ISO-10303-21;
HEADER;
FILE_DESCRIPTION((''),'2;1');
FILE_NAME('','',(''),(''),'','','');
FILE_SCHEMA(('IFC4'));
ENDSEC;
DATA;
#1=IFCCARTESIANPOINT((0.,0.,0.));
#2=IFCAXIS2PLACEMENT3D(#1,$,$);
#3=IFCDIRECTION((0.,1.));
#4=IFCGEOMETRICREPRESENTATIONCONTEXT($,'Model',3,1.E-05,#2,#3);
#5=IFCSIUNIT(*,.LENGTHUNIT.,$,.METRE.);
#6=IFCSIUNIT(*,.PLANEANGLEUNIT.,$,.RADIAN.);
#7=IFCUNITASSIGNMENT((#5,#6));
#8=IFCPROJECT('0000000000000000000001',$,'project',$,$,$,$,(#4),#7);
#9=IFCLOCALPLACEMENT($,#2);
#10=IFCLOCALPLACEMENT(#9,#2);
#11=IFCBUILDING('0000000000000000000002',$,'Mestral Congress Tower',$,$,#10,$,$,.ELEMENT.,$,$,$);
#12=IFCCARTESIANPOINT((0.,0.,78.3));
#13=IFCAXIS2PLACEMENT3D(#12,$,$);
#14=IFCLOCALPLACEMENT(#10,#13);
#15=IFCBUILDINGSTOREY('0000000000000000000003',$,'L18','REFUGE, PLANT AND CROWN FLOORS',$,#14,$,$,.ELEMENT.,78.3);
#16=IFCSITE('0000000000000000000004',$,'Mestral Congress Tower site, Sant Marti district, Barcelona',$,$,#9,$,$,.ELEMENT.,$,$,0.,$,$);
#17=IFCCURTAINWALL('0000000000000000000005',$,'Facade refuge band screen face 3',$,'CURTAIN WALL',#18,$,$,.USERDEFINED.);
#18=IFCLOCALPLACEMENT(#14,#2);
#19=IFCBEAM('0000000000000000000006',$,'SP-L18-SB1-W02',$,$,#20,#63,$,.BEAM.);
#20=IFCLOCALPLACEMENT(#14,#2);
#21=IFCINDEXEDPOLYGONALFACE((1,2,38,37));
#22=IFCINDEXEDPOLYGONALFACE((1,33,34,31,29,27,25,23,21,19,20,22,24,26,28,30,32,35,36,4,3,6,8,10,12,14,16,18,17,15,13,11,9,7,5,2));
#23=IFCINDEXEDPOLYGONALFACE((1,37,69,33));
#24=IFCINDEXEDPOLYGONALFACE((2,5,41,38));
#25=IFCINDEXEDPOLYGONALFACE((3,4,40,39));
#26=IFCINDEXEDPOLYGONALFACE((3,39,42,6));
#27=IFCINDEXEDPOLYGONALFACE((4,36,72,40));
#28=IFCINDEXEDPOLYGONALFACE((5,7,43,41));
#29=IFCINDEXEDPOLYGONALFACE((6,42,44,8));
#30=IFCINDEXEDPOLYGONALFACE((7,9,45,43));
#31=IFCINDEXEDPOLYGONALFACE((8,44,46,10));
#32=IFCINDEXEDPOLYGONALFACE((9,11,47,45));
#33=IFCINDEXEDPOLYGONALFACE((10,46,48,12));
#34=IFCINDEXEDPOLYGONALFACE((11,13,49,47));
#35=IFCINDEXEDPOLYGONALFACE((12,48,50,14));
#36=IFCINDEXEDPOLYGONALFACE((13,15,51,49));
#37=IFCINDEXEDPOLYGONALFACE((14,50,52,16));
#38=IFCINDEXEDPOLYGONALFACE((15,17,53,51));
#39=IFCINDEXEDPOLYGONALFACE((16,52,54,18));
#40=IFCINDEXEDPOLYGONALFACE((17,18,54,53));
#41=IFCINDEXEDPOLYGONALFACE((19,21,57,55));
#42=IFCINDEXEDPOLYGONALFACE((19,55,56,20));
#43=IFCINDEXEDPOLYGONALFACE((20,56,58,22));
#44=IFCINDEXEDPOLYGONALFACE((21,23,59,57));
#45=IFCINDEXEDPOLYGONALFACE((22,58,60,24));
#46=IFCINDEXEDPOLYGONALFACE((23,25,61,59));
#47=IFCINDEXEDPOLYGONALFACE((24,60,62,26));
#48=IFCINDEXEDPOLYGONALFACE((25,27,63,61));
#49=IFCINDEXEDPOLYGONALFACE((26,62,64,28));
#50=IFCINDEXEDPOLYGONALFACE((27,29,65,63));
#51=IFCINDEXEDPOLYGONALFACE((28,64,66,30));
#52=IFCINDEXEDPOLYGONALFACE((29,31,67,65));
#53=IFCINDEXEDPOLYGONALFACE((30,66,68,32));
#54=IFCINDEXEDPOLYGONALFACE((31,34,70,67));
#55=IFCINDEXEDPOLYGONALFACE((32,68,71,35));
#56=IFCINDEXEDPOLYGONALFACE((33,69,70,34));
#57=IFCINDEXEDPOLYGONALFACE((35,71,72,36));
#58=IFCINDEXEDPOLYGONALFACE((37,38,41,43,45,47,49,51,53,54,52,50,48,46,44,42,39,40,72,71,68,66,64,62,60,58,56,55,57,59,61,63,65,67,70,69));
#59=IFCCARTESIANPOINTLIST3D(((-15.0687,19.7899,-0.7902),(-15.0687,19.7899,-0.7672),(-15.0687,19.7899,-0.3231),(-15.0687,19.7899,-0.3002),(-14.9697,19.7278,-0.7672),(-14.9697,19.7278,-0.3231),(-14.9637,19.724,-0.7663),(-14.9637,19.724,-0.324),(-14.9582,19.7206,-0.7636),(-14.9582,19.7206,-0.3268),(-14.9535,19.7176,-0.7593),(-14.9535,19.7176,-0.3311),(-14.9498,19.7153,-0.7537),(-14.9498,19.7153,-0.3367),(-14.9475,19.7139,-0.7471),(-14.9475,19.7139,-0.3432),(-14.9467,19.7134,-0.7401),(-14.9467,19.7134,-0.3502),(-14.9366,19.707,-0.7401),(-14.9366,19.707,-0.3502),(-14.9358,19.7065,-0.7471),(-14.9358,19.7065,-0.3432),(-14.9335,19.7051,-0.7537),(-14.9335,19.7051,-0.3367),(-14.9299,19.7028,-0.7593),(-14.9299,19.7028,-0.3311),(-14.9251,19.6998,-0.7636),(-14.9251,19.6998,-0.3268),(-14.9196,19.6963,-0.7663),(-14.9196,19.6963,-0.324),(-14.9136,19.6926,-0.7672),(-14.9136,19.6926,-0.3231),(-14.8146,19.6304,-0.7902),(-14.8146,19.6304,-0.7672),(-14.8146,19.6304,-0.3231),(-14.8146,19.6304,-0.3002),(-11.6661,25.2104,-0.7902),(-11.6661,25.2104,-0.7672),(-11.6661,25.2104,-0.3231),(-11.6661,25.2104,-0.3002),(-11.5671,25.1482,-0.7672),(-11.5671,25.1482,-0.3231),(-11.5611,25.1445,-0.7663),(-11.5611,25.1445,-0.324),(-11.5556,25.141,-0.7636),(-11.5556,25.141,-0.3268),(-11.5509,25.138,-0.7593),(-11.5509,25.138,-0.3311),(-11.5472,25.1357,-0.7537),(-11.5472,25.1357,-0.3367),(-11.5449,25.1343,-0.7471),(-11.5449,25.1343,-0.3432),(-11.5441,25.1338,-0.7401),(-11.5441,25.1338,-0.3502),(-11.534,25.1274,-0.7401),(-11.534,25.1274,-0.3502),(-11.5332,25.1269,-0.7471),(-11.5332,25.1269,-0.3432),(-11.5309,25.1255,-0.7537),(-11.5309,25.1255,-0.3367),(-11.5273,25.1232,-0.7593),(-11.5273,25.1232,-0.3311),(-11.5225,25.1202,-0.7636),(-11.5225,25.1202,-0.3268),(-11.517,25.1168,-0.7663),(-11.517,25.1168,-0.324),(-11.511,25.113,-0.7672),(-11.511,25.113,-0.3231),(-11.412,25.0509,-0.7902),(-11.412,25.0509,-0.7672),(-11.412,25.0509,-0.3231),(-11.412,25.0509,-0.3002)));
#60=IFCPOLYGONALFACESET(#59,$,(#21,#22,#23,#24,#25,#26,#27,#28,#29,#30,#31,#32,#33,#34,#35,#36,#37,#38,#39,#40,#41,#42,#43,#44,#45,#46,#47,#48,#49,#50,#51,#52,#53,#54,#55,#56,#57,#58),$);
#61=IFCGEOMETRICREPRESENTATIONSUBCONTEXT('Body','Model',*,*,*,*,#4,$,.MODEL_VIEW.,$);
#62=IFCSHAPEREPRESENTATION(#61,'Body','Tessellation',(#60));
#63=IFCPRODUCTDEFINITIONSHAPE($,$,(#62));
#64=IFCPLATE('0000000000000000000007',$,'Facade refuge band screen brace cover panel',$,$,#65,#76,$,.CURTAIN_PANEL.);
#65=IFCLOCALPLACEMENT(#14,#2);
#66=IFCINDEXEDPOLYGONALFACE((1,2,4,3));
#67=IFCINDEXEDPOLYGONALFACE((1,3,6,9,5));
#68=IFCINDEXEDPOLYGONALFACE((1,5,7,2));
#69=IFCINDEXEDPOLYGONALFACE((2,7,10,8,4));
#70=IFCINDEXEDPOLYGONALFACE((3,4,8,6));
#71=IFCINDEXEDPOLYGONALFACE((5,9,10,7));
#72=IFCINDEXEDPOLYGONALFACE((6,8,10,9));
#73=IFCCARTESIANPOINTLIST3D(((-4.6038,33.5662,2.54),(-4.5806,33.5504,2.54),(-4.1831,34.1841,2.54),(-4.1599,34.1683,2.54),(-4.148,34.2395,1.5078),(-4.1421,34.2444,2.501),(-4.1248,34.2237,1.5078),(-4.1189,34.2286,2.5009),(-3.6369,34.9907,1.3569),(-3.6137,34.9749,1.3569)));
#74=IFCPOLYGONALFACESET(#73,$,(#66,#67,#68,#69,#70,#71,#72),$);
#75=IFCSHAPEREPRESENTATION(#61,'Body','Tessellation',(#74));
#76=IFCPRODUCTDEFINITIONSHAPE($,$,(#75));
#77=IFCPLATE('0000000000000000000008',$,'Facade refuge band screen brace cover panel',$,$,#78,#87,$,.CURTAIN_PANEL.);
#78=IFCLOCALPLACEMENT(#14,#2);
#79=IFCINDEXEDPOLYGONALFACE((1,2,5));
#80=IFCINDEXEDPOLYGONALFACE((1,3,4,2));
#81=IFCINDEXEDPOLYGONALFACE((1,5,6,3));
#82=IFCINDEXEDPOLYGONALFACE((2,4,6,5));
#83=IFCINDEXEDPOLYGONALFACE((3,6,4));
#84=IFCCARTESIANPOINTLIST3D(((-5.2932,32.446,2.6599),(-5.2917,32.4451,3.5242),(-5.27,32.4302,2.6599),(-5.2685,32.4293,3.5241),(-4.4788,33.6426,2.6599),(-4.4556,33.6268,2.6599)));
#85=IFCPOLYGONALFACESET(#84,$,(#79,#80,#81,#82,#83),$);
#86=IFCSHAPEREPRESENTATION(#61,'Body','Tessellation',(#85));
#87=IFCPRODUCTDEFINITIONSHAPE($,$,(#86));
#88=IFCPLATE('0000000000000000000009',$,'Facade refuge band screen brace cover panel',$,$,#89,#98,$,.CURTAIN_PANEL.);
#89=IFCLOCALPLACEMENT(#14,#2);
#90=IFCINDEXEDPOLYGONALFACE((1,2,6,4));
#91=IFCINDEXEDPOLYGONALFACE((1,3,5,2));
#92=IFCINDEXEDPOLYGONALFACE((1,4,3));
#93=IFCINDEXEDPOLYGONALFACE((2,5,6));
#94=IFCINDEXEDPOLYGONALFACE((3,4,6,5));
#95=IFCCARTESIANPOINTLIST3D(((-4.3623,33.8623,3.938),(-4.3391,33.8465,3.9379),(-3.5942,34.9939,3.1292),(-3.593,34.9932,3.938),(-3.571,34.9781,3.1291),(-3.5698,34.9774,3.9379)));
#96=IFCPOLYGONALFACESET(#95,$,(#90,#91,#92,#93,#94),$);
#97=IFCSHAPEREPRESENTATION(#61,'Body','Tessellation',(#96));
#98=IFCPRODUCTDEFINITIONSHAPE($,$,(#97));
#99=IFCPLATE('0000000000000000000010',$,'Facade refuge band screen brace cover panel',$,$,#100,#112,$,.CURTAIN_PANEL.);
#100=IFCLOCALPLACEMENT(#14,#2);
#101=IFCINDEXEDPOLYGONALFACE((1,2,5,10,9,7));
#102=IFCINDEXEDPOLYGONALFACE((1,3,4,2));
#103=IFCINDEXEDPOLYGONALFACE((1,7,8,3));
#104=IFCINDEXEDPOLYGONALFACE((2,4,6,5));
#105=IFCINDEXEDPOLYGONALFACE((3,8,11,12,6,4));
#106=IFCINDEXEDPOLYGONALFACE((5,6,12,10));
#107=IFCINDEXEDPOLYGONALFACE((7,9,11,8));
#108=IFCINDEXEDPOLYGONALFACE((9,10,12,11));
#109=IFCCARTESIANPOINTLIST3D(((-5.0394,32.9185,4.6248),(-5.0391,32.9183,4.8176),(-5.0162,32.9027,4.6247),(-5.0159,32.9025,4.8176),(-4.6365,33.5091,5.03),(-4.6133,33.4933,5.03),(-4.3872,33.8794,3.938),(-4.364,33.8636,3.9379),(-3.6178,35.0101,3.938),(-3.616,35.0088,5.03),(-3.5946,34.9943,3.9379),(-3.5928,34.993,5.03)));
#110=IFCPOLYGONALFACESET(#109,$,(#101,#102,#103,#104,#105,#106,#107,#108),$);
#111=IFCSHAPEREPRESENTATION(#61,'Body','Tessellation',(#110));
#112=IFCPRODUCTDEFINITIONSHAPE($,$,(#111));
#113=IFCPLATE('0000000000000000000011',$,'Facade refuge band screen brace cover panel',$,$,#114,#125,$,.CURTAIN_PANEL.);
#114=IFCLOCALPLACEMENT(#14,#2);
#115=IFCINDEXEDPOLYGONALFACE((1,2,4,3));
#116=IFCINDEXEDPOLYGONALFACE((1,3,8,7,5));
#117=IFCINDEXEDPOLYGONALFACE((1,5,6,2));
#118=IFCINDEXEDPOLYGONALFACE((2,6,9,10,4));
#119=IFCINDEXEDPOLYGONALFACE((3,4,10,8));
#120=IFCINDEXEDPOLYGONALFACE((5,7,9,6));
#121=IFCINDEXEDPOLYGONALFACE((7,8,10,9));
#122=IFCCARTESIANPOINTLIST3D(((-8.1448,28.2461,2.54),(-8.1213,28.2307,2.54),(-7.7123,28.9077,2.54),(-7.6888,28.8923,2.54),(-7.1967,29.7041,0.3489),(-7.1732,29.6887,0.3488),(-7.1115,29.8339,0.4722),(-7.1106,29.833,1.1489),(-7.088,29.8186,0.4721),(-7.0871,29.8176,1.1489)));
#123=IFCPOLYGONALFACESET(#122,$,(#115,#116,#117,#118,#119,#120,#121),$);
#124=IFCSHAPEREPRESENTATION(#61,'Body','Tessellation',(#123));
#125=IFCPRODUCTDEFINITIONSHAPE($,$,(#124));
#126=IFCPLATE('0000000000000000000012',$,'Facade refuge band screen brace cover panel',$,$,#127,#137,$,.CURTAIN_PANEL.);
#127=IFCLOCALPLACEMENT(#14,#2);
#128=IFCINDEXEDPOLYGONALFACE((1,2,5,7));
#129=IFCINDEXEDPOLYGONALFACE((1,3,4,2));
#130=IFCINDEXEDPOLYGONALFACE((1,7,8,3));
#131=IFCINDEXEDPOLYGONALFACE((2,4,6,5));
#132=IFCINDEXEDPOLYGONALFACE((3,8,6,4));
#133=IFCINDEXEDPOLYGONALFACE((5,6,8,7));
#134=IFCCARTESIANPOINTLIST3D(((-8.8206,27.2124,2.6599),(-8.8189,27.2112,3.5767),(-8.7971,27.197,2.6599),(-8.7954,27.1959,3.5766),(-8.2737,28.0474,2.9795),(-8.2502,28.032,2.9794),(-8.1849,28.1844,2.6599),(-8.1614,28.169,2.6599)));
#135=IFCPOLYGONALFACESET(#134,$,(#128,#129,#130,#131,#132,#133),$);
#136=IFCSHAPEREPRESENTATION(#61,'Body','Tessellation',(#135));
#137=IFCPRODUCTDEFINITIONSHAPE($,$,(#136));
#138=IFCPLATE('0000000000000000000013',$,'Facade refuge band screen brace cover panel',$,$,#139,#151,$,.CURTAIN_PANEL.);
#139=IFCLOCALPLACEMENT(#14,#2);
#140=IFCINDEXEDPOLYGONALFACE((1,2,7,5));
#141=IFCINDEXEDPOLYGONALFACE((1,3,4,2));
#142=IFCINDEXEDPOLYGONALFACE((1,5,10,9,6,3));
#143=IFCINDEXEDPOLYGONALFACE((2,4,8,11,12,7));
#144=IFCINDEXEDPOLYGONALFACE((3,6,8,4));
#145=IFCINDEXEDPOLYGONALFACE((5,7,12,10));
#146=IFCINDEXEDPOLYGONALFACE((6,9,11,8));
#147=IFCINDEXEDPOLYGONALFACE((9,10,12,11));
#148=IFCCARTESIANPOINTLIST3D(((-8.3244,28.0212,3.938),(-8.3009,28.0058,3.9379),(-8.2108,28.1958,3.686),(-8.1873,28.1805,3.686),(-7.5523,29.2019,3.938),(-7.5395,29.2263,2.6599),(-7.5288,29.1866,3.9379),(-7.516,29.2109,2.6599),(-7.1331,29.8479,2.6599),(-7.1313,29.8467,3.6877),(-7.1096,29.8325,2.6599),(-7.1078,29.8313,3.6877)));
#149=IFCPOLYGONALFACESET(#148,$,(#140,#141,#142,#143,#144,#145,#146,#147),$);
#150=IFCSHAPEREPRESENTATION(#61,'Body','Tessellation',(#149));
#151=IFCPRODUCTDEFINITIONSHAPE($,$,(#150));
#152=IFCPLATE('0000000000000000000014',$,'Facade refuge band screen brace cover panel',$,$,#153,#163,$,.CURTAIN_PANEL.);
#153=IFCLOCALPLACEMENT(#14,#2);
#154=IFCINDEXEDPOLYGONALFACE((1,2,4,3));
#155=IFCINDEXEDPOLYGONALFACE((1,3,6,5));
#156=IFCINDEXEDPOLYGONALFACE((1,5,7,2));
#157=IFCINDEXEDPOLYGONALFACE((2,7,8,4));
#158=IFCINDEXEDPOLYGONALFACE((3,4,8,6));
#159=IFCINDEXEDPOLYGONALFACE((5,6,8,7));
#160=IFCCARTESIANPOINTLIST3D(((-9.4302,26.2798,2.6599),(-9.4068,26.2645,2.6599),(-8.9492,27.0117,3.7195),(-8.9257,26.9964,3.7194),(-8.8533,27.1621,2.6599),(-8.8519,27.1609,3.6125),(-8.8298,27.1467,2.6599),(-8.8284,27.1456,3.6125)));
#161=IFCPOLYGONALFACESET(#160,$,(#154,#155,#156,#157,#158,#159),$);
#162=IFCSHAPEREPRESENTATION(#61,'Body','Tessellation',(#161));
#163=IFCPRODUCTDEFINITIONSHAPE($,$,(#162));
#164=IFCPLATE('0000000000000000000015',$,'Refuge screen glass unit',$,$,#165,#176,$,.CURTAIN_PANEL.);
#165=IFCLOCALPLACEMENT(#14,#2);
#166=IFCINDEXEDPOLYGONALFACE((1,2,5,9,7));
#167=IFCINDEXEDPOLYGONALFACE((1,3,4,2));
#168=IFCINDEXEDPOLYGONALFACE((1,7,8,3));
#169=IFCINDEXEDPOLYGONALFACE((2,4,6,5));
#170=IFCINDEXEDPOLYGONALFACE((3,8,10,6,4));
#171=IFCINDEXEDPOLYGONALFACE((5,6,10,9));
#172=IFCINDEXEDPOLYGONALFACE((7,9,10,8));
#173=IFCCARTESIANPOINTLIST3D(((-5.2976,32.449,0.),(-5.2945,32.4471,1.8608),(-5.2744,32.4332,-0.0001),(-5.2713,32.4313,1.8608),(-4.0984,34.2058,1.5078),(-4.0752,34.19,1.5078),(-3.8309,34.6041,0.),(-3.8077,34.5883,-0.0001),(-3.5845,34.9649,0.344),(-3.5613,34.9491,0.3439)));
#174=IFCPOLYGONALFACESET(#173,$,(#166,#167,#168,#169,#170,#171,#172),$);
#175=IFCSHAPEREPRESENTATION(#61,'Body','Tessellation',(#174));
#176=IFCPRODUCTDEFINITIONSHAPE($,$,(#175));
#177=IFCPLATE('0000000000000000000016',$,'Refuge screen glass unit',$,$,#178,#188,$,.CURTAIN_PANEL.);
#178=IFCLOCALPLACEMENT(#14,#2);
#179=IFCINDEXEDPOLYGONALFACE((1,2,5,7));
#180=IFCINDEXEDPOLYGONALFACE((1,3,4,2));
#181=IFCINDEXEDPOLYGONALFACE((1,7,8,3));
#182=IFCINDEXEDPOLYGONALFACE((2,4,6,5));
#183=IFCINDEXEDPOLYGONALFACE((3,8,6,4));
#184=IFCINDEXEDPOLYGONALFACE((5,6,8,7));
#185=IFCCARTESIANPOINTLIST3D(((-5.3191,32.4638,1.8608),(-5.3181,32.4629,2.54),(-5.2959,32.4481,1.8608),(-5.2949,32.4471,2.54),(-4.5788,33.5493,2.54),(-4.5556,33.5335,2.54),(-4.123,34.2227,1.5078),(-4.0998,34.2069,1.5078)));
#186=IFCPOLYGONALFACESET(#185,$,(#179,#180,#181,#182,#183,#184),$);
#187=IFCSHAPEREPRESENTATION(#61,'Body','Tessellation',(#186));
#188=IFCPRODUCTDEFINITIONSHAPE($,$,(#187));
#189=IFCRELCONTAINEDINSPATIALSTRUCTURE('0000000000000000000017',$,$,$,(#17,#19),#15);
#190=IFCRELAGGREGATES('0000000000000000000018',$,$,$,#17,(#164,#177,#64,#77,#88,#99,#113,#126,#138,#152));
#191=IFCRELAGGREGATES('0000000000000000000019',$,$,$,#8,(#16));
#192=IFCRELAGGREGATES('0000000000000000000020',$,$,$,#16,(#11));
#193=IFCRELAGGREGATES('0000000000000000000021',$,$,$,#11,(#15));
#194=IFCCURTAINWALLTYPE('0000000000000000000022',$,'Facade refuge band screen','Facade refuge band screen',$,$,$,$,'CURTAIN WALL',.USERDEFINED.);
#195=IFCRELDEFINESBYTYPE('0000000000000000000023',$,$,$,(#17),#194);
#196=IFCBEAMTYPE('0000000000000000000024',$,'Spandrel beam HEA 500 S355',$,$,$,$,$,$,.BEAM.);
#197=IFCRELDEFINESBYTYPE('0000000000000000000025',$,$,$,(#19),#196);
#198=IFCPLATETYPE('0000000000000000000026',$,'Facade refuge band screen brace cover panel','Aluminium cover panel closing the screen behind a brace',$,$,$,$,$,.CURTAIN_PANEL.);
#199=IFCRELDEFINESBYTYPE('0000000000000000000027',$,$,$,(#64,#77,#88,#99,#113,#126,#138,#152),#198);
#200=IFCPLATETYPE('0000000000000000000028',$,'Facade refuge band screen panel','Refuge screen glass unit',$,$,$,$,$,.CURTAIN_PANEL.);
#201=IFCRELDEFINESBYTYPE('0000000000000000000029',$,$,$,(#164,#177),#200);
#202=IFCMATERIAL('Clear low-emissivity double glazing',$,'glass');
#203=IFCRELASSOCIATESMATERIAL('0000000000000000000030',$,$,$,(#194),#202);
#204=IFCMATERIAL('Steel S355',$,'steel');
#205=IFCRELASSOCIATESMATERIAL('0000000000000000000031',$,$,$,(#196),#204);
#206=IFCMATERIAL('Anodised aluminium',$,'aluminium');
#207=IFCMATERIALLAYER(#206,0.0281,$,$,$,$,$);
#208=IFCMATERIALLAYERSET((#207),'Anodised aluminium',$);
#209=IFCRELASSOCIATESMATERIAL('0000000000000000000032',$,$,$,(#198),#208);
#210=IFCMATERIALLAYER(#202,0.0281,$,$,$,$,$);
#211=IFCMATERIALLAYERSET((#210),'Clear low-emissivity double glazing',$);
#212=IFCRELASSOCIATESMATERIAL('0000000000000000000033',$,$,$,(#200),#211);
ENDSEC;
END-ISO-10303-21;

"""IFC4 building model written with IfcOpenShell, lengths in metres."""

from ifc_helpers import new_model, si_unit, direction, frame, origin, origin_2d, place, context, subcontext, project, spatial, polyline, i_section, outline, extrude, material, layer, layer_set, material_profile, profile_set, type_object, element, aggregate, save


model = new_model("IFC4")

# Units and contexts
model_context = context("Model", 3, precision=1e-05, world=origin(), true_north=direction((0.0, 1.0)))
body_context = subcontext(model_context, "Body", "Model", "MODEL_VIEW")
ifc_project = project(units=[si_unit("LENGTHUNIT", "METRE"), si_unit("PLANEANGLEUNIT", "RADIAN")], contexts=[model_context])

# Site, building, storey
site_placement = place(None, origin())
site = spatial("IfcSite", under=ifc_project, at=site_placement, Name="Mestral Congress Tower site, Sant Marti district, Barcelona", CompositionType="ELEMENT", RefElevation=0.0)
building_placement = place(site_placement, origin())
building = spatial("IfcBuilding", under=site, at=building_placement, Name="Mestral Congress Tower", CompositionType="ELEMENT")
storey_placement = place(building_placement, frame((0.0, 0.0, 78.3)))
storey = spatial("IfcBuildingStorey", under=building, at=storey_placement, Name="L18", Description="REFUGE, PLANT AND CROWN FLOORS", CompositionType="ELEMENT", Elevation=78.3)

# Shared definitions
ifc_material_1 = material(Name="Steel S355", Category="steel")

# Curtain wall
ifc_material_2 = material(Name="Clear low-emissivity double glazing", Category="glass")
curtain_wall_type = type_object("IfcCurtainWallType", Name="Facade refuge band screen", Description="Facade refuge band screen", ElementType="CURTAIN WALL", PredefinedType="USERDEFINED", material=ifc_material_2)
curtain_wall_placement = place(storey_placement, origin())
curtain_wall = element("IfcCurtainWall", 1, at=curtain_wall_placement, inside=storey, type_object=curtain_wall_type, Name="Facade refuge band screen face 3", ObjectType="CURTAIN WALL", PredefinedType="USERDEFINED")
ifc_material_3 = material(Name="Anodised aluminium", Category="aluminium")

# Beam
ifc_material_profile_1 = material_profile(ifc_material_1, i_section(OverallWidth=0.3, OverallDepth=0.49, WebThickness=0.012, FlangeThickness=0.0229, FilletRadius=0.0271, at=origin_2d()), Name="HEA 500")
ifc_profile_set_1 = profile_set([ifc_material_profile_1], Name="Steel S355")
beam_type_1 = type_object("IfcBeamType", Name="Spandrel beam HEA 500 S355", PredefinedType="BEAM", material=ifc_profile_set_1)
beam_1_placement = place(storey_placement, frame((-11.5391, 25.1306, -0.5452), z_axis=(-0.531664, -0.846955, 0.0), x_axis=(0.846955, -0.531664, 0.0)))
element("IfcBeam", 2, at=beam_1_placement, inside=storey, type_object=beam_type_1, Name="SP-L18-SB1-W02", PredefinedType="BEAM", context=body_context, shape_type="SweptSolid", body=[
    extrude(i_section(OverallWidth=0.3, OverallDepth=0.49, WebThickness=0.012, FlangeThickness=0.0229, FilletRadius=0.0271, at=origin_2d()), origin(), (0.0, 0.0, 1.0), 6.3999),
])

# Plates
ifc_layer_1 = layer(ifc_material_3, 0.0281)
ifc_layer_set_1 = layer_set([ifc_layer_1], Name="Anodised aluminium")
plate_type_1 = type_object("IfcPlateType", Name="Facade refuge band screen brace cover panel", Description="Aluminium cover panel closing the screen behind a brace", PredefinedType="CURTAIN_PANEL", material=ifc_layer_set_1)
plate_1_placement = place(storey_placement, frame((-4.6038, 33.5662, 2.54), z_axis=(-0.826624, 0.562751, 0.002088), x_axis=(0.346873, 0.512435, -0.78555)))
plate_1 = element("IfcPlate", 3, at=plate_1_placement, type_object=plate_type_1, Name="Facade refuge band screen brace cover panel", PredefinedType="CURTAIN_PANEL", context=body_context, shape_type="SweptSolid", body=[
    extrude(outline(polyline([(0.0, 0.0), (1.314, 0.0), (1.9947, -0.6203), (0.5384, -0.6203), (0.4626, -0.5872), (0.0, 0.0)])), origin(), (0.0, 0.0, -1.0), 0.0281),
])
plate_2_placement = place(storey_placement, frame((-4.4788, 33.6426, 2.6599), z_axis=(-0.826664, 0.562692, 0.002037), x_axis=(-0.482257, -0.710351, 0.512669)))
plate_2 = element("IfcPlate", 4, at=plate_2_placement, type_object=plate_type_1, Name="Facade refuge band screen brace cover panel", PredefinedType="CURTAIN_PANEL", context=body_context, shape_type="SweptSolid", body=[
    extrude(outline(polyline([(0.0, 0.0), (1.6858, 0.0), (1.2427, -0.742), (0.0, 0.0)])), origin(), (0.0, 0.0, -1.0), 0.0281),
])
plate_3_placement = place(storey_placement, frame((-3.5942, 34.9939, 3.1292), z_axis=(-0.826822, 0.56246, 0.001757), x_axis=(0.001509, -0.000906, 0.999998)))
plate_3 = element("IfcPlate", 5, at=plate_3_placement, type_object=plate_type_1, Name="Facade refuge band screen brace cover panel", PredefinedType="CURTAIN_PANEL", context=body_context, shape_type="SweptSolid", body=[
    extrude(outline(polyline([(0.0, 0.0), (0.8088, 0.0), (0.8087, -1.3677), (0.0, 0.0)])), origin(), (0.0, 0.0, -1.0), 0.0281),
])
plate_4_placement = place(storey_placement, frame((-4.3872, 33.8794, 3.938), z_axis=(-0.826732, 0.562592, 0.002014), x_axis=(0.562594, 0.826734, 0.0)))
plate_4 = element("IfcPlate", 6, at=plate_4_placement, type_object=plate_type_1, Name="Facade refuge band screen brace cover panel", PredefinedType="CURTAIN_PANEL", context=body_context, shape_type="SweptSolid", body=[
    extrude(outline(polyline([(0.0, 0.0), (1.3677, 0.0), (1.3676, -1.092), (-0.4464, -1.092), (-1.1614, -0.8796), (-1.1613, -0.6868), (0.0, 0.0)])), origin(), (0.0, 0.0, -1.0), 0.0281),
])
plate_5_placement = place(storey_placement, frame((-8.1448, 28.2461, 2.54), z_axis=(-0.837033, 0.547149, 0.001895), x_axis=(0.338907, 0.521176, -0.783274)))
plate_5 = element("IfcPlate", 7, at=plate_5_placement, type_object=plate_type_1, Name="Facade refuge band screen brace cover panel", PredefinedType="CURTAIN_PANEL", context=body_context, shape_type="SweptSolid", body=[
    extrude(outline(polyline([(0.0, 0.0), (2.7974, 0.0), (2.7974, -0.1983), (2.2672, -0.6188), (0.4914, -0.6191), (0.0, 0.0)])), origin(), (0.0, 0.0, -1.0), 0.0281),
])
plate_6_placement = place(storey_placement, frame((-8.2737, 28.0474, 2.9795), z_axis=(-0.836918, 0.547325, 0.002173), x_axis=(-0.468757, -0.718818, 0.513388)))
plate_6 = element("IfcPlate", 8, at=plate_6_placement, type_object=plate_type_1, Name="Facade refuge band screen brace cover panel", PredefinedType="CURTAIN_PANEL", context=body_context, shape_type="SweptSolid", body=[
    extrude(outline(polyline([(0.0, 0.0), (1.1632, 0.0), (0.6925, -0.7867), (-0.3042, -0.1904), (0.0, 0.0)])), origin(), (0.0, 0.0, -1.0), 0.0281),
])
plate_7_placement = place(storey_placement, frame((-7.1313, 29.8467, 3.6877), z_axis=(-0.836963, 0.547255, 0.00204), x_axis=(-0.519932, -0.796328, 0.309082)))
plate_7 = element("IfcPlate", 9, at=plate_7_placement, type_object=plate_type_1, Name="Facade refuge band screen brace cover panel", PredefinedType="CURTAIN_PANEL", context=body_context, shape_type="SweptSolid", body=[
    extrude(outline(polyline([(0.0, 0.0), (0.8096, 0.0), (2.1513, -0.436), (1.8753, -0.6113), (0.3886, -1.207), (-0.3178, -0.9775), (0.0, 0.0)])), origin(), (0.0, 0.0, -1.0), 0.0281),
])
plate_8_placement = place(storey_placement, frame((-8.8533, 27.1621, 2.6599), z_axis=(-0.836923, 0.547317, 0.001898), x_axis=(0.001462, -0.001232, 0.999998)))
plate_8 = element("IfcPlate", 10, at=plate_8_placement, type_object=plate_type_1, Name="Facade refuge band screen brace cover panel", PredefinedType="CURTAIN_PANEL", context=body_context, shape_type="SweptSolid", body=[
    extrude(outline(polyline([(0.0, 0.0), (0.9526, 0.0), (1.0596, -0.1781), (0.0002, -1.0542), (0.0, 0.0)])), origin(), (0.0, 0.0, -1.0), 0.0281),
])
ifc_layer_2 = layer(ifc_material_2, 0.0281)
ifc_layer_set_2 = layer_set([ifc_layer_2], Name="Clear low-emissivity double glazing")
plate_type_2 = type_object("IfcPlateType", Name="Facade refuge band screen panel", Description="Refuge screen glass unit", PredefinedType="CURTAIN_PANEL", material=ifc_layer_set_2)
plate_9_placement = place(storey_placement, frame((-5.2976, 32.449, 0.0), z_axis=(-0.826703, 0.562635, 0.001938), x_axis=(0.562636, 0.826705, 0.0)))
plate_9 = element("IfcPlate", 11, at=plate_9_placement, type_object=plate_type_2, Name="Refuge screen glass unit", PredefinedType="CURTAIN_PANEL", context=body_context, shape_type="SweptSolid", body=[
    extrude(outline(polyline([(0.0, 0.0), (2.6068, 0.0), (3.0438, -0.344), (2.1271, -1.5078), (0.0002, -1.8608), (0.0, 0.0)])), origin(), (0.0, 0.0, -1.0), 0.0281),
])
plate_10_placement = place(storey_placement, frame((-4.123, 34.2227, 1.5078), z_axis=(-0.826737, 0.562585, 0.001947), x_axis=(-0.346862, -0.512443, 0.78555)))
plate_10 = element("IfcPlate", 12, at=plate_10_placement, type_object=plate_type_2, Name="Refuge screen glass unit", PredefinedType="CURTAIN_PANEL", context=body_context, shape_type="SweptSolid", body=[
    extrude(outline(polyline([(0.0, 0.0), (1.314, 0.0), (2.1272, -1.0323), (1.5935, -1.4524), (0.0, 0.0)])), origin(), (0.0, 0.0, -1.0), 0.0281),
])

aggregate(curtain_wall, [plate_9, plate_10, plate_1, plate_2, plate_3, plate_4, plate_5, plate_6, plate_7, plate_8])

save(model, "model.ifc")
